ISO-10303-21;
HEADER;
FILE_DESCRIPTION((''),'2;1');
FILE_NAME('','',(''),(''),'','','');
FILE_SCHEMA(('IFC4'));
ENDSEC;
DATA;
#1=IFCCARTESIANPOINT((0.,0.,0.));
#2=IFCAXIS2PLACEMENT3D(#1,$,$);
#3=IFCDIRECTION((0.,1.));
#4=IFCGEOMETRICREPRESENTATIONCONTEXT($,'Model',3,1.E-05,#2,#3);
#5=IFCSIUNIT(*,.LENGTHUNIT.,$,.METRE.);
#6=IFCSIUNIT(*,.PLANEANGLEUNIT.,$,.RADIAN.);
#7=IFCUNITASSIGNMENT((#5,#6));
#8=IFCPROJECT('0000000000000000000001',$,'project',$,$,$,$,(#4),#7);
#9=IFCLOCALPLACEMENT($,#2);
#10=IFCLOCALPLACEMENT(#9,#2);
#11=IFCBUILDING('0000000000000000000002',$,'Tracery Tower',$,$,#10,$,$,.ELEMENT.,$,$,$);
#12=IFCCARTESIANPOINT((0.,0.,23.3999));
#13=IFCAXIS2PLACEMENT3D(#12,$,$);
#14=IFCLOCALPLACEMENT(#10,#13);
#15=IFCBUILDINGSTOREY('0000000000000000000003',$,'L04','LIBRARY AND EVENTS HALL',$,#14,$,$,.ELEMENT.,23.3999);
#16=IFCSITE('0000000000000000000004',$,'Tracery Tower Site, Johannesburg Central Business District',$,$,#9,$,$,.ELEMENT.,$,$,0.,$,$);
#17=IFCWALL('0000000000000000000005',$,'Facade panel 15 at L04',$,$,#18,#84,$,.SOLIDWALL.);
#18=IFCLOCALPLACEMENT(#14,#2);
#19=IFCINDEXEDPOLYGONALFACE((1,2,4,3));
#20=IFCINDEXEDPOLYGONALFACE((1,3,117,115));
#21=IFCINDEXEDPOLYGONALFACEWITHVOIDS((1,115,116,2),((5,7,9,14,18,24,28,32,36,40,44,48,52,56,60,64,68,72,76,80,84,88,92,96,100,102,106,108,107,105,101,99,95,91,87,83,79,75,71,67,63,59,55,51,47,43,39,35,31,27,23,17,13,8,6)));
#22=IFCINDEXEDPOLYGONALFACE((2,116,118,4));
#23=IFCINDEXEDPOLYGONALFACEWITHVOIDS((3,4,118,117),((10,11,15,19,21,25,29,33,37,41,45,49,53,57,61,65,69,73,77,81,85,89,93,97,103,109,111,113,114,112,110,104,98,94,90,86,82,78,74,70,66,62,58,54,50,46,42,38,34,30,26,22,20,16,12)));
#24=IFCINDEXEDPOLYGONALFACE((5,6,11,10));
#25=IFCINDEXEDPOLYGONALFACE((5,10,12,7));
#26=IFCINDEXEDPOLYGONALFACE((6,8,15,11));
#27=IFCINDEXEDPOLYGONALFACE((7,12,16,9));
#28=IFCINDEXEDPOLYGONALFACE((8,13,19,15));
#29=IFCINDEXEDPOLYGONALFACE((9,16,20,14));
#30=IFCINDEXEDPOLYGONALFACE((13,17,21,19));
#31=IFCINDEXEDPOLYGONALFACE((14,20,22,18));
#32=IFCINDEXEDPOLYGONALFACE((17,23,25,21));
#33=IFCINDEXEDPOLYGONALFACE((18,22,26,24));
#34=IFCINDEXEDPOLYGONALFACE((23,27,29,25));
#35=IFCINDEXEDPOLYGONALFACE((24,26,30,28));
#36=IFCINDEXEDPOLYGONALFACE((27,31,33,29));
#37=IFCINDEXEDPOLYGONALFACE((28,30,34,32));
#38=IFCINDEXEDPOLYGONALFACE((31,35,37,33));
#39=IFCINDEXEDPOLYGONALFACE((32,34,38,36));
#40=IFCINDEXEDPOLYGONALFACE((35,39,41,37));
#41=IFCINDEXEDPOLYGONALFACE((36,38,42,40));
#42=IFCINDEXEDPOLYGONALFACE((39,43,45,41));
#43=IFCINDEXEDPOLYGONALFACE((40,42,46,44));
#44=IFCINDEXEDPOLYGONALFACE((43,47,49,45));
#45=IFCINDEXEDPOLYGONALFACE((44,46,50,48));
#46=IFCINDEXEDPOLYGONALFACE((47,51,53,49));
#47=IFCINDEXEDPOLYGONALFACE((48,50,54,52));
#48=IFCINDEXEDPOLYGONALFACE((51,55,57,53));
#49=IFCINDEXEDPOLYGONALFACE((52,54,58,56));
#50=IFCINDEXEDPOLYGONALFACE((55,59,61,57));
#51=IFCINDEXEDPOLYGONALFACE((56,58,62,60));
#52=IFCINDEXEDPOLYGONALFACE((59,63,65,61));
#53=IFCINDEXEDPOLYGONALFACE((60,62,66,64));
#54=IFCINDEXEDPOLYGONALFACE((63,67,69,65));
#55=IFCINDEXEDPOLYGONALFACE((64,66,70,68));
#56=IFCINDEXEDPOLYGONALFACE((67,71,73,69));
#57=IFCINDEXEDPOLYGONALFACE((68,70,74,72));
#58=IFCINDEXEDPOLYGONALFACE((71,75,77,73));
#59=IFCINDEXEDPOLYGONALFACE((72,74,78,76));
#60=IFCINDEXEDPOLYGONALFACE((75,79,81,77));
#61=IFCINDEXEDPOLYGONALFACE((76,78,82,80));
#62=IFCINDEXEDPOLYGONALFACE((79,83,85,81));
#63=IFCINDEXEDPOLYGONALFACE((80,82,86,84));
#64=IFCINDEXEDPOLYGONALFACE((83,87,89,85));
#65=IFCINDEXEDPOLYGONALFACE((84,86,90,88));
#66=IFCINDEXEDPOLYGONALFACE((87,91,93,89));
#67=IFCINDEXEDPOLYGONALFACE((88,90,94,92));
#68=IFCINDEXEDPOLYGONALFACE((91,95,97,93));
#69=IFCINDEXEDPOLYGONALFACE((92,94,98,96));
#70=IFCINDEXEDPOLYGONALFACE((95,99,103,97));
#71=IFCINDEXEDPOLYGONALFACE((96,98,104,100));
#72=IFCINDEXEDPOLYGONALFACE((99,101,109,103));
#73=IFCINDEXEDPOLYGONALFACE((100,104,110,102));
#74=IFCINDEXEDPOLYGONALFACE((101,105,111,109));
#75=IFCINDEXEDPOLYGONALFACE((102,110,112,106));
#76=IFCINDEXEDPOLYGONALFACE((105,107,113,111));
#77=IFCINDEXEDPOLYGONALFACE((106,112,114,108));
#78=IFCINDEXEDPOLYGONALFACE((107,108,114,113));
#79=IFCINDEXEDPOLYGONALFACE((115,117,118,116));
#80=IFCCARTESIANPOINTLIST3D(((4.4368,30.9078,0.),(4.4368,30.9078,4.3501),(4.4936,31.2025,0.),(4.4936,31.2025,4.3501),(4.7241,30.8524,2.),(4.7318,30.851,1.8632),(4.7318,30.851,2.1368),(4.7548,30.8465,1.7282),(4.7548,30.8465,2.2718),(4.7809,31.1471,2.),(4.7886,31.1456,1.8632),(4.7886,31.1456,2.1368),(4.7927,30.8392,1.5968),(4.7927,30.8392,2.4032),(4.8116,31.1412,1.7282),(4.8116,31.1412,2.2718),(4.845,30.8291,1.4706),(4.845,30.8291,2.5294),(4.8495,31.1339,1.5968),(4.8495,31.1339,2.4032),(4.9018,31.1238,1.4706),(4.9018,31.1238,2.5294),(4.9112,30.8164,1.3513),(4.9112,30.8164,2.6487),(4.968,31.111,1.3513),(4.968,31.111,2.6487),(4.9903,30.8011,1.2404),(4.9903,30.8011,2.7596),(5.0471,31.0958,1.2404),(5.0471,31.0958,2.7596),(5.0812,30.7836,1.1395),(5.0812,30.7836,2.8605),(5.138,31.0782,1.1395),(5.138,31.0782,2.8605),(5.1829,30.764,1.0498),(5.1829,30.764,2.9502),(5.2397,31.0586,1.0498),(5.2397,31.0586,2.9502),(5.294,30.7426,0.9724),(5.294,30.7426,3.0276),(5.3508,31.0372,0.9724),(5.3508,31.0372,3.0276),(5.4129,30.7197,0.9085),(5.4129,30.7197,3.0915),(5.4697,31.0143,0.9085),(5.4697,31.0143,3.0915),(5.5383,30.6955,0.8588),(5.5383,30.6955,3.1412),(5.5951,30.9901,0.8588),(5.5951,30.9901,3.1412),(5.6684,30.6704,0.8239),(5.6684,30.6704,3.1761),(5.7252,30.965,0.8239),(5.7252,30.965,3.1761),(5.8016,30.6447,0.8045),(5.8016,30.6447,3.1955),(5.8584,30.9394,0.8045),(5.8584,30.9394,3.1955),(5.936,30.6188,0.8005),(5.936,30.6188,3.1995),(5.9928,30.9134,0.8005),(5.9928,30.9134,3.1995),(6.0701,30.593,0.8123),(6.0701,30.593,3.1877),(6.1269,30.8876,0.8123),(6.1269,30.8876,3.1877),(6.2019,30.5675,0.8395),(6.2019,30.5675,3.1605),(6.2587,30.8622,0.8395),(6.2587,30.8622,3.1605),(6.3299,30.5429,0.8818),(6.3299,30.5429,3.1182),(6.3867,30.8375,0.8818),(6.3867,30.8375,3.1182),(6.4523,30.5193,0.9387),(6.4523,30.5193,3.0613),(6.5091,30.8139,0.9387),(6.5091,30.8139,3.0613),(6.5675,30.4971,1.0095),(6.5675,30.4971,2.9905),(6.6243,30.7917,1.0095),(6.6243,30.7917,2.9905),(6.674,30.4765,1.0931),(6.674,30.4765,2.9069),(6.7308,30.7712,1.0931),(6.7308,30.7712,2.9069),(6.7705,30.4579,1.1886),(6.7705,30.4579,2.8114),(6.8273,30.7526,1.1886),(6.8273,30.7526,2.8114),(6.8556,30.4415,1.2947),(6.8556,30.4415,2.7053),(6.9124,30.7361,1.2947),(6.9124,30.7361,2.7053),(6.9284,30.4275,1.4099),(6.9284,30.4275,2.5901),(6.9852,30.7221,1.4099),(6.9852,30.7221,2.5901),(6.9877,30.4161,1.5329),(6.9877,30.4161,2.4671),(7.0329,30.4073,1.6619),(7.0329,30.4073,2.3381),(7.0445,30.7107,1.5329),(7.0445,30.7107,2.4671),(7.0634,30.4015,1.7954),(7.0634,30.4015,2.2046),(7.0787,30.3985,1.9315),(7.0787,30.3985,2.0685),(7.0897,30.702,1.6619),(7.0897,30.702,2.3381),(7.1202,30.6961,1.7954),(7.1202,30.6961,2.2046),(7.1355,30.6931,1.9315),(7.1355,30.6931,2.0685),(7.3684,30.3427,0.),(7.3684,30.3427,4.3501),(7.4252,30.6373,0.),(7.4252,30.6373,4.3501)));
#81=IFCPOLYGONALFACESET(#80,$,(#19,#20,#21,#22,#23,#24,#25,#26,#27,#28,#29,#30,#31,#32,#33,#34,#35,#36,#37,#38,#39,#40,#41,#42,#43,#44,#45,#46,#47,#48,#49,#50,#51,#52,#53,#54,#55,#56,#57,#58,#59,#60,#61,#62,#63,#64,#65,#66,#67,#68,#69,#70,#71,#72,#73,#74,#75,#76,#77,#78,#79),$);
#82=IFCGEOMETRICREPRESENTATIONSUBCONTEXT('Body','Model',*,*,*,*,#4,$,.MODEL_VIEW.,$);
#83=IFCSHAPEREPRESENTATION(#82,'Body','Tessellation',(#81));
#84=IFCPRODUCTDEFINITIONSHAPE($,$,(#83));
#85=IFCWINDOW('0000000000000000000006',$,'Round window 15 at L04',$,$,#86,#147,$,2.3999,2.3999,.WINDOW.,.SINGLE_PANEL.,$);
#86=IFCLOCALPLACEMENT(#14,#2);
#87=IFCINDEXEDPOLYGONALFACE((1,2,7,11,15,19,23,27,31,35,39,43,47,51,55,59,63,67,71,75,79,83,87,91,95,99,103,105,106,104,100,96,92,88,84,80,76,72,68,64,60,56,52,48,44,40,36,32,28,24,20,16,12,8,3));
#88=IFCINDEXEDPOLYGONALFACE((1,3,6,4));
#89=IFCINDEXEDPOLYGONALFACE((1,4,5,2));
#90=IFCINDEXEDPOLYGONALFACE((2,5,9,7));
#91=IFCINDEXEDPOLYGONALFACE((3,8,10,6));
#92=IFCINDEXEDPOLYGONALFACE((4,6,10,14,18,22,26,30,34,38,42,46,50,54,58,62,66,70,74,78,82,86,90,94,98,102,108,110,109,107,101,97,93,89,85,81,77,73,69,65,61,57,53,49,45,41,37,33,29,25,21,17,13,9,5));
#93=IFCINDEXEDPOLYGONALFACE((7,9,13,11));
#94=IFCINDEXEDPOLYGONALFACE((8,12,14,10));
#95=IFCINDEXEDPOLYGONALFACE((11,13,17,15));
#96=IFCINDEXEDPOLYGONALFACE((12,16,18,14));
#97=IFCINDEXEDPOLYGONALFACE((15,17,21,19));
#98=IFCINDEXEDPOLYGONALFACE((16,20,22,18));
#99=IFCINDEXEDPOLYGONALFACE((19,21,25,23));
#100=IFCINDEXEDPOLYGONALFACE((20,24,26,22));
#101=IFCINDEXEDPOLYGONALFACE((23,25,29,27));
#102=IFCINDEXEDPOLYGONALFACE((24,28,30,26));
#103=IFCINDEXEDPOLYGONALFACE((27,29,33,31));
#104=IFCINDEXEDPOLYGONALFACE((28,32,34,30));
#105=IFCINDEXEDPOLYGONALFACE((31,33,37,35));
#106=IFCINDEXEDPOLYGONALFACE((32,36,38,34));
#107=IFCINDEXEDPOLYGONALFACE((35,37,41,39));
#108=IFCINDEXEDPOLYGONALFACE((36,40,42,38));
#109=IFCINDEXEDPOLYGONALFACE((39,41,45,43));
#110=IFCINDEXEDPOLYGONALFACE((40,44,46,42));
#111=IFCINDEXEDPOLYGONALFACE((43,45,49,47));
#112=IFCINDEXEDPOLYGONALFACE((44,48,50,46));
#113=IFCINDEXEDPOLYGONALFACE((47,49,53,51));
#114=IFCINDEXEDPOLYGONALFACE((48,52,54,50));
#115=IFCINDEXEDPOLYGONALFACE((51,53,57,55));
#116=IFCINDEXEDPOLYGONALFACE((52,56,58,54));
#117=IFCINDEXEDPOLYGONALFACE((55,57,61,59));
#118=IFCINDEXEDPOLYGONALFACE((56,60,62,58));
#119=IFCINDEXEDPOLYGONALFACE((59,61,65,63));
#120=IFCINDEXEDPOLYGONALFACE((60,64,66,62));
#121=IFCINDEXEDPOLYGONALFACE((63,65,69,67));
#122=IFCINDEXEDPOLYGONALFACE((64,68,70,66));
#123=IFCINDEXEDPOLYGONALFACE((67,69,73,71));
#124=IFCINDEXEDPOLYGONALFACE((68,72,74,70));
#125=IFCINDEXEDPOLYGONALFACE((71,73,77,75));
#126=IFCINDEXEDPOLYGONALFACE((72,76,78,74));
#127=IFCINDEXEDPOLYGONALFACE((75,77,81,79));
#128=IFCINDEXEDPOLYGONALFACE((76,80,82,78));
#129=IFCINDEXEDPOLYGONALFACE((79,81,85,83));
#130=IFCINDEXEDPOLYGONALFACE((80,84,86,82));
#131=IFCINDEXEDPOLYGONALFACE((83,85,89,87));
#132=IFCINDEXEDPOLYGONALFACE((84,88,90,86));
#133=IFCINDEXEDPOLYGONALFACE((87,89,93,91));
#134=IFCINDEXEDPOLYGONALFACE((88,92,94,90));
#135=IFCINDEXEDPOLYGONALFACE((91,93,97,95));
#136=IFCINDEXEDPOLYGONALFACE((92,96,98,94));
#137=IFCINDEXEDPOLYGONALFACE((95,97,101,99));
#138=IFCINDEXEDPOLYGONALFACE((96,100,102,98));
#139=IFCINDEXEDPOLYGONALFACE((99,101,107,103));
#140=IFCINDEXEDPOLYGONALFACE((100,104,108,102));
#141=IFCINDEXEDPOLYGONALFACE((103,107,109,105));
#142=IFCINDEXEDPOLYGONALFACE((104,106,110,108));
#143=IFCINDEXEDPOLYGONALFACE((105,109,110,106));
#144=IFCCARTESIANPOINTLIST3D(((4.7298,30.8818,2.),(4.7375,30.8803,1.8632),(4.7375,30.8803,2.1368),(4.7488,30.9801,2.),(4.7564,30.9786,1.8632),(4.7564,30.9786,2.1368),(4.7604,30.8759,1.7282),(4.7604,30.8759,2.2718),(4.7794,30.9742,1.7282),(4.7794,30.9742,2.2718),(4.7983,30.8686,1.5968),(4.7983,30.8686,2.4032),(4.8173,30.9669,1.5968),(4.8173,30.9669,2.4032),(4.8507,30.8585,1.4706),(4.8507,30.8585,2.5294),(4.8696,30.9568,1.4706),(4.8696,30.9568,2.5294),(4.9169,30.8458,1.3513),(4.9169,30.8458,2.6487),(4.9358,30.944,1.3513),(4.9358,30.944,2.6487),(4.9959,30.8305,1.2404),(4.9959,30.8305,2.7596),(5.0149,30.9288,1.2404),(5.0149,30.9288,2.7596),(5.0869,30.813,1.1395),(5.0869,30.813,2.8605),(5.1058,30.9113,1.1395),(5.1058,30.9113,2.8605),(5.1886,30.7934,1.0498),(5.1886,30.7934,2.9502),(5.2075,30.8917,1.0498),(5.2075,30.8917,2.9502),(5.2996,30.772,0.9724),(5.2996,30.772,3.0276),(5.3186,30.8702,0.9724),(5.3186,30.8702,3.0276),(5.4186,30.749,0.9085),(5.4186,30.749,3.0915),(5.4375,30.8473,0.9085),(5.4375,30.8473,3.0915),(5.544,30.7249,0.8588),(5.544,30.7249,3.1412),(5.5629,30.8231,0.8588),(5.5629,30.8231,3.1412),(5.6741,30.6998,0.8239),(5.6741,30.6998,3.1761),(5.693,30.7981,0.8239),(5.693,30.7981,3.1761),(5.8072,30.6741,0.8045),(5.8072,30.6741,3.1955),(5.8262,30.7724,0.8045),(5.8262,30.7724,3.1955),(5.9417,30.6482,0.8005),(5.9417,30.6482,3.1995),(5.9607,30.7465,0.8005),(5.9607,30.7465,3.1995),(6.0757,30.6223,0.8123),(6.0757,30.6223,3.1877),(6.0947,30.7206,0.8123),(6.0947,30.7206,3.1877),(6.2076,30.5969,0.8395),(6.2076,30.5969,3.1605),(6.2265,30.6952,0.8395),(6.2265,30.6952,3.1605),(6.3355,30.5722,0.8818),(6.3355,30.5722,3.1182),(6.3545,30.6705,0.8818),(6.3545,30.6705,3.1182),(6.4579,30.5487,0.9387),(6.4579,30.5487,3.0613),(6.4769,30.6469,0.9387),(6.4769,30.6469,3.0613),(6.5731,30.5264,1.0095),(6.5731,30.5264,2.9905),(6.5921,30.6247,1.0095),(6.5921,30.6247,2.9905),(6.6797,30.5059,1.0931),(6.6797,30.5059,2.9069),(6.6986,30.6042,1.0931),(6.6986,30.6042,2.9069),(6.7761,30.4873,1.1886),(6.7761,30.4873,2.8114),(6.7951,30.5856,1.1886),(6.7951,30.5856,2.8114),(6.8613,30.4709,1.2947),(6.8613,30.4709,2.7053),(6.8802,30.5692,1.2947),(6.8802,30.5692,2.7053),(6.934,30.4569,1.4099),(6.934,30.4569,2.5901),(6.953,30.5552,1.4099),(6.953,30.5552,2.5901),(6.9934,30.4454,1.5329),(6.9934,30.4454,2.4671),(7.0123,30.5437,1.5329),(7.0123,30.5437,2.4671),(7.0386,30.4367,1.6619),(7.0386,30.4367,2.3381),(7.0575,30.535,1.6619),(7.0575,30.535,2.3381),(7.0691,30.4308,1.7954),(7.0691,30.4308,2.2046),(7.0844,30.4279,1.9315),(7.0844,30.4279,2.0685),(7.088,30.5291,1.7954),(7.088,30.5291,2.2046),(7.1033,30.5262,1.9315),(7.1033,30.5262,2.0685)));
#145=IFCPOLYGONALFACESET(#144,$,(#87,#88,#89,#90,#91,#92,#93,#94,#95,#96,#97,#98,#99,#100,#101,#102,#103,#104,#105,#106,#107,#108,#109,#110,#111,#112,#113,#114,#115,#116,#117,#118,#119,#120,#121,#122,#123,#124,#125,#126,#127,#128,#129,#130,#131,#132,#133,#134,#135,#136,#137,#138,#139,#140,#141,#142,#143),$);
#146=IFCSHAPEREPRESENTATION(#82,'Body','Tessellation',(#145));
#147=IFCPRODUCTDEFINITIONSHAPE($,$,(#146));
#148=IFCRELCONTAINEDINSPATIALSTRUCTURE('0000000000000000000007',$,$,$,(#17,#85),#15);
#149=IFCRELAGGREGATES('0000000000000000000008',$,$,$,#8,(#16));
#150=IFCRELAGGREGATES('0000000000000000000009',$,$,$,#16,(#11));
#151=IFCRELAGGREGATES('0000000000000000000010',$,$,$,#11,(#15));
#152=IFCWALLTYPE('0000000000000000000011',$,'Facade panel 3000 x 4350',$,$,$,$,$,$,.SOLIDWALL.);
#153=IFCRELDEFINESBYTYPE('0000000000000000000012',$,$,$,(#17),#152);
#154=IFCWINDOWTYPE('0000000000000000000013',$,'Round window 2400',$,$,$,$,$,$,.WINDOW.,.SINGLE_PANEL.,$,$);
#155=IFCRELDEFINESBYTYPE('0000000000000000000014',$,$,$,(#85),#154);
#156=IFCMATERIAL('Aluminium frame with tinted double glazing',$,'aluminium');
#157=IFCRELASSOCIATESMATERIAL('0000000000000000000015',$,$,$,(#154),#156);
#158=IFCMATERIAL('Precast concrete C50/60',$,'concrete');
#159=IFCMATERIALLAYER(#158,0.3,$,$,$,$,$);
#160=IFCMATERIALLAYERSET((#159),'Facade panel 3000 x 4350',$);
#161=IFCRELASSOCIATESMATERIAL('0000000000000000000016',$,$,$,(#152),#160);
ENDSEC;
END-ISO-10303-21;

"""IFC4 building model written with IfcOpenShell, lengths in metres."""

from ifc_helpers import new_model, si_unit, direction, frame, frame_2d, origin, origin_2d, place, context, subcontext, project, spatial, rectangle, circle, extrude, material, layer, layer_set, type_object, element, fill, save


model = new_model("IFC4")

# Units and contexts
model_context = context("Model", 3, precision=1e-05, world=origin(), true_north=direction((0.0, 1.0)))
body_context = subcontext(model_context, "Body", "Model", "MODEL_VIEW")
ifc_project = project(units=[si_unit("LENGTHUNIT", "METRE"), si_unit("PLANEANGLEUNIT", "RADIAN")], contexts=[model_context])

# Site, building, storey
site_placement = place(None, origin())
site = spatial("IfcSite", under=ifc_project, at=site_placement, Name="Tracery Tower Site, Johannesburg Central Business District", CompositionType="ELEMENT", RefElevation=0.0)
building_placement = place(site_placement, origin())
building = spatial("IfcBuilding", under=site, at=building_placement, Name="Tracery Tower", CompositionType="ELEMENT")
storey_placement = place(building_placement, frame((0.0, 0.0, 23.3999)))
storey = spatial("IfcBuildingStorey", under=building, at=storey_placement, Name="L04", Description="LIBRARY AND EVENTS HALL", CompositionType="ELEMENT", Elevation=23.3999)

# Wall, opening, window
ifc_material_1 = material(Name="Aluminium frame with tinted double glazing", Category="aluminium")
window_type = type_object("IfcWindowType", Name="Round window 2400", PartitioningType="SINGLE_PANEL", PredefinedType="WINDOW", material=ifc_material_1)
ifc_material_2 = material(Name="Precast concrete C50/60", Category="concrete")
ifc_layer_1 = layer(ifc_material_2, 0.3)
ifc_layer_set_1 = layer_set([ifc_layer_1], Name="Facade panel 3000 x 4350")
wall_type_1 = type_object("IfcWallType", Name="Facade panel 3000 x 4350", PredefinedType="SOLIDWALL", material=ifc_layer_set_1)
wall_1_placement = place(storey_placement, frame((7.3967, 30.49, 0.0), z_axis=(0.0, 0.0, 1.0), x_axis=(-0.981919, 0.189302, 0.0)))
wall_1 = element("IfcWall", 1, at=wall_1_placement, inside=storey, type_object=wall_type_1, Name="Facade panel 15 at L04", PredefinedType="SOLIDWALL", context=body_context, shape_type="SweptSolid", body=[
    extrude(rectangle(XDim=2.9856, YDim=0.3, at=frame_2d((1.4927, 0.0))), origin(), (0.0, 0.0, 1.0), 4.3501),
])
opening_1_placement = place(wall_1_placement, frame((1.4929, 0.0, 2.0)))
opening_1 = element("IfcOpeningElement", 2, at=opening_1_placement, cuts=wall_1, PredefinedType="OPENING", context=body_context, shape_type="SweptSolid", body=[
    extrude(circle(Radius=1.2, at=origin_2d()), frame((0.0, 0.1599, 0.0), z_axis=(0.0, -1.0, 0.0), x_axis=(1.0, 0.0, 0.0)), (0.0, 0.0, 1.0), 0.3201),
])
window_1_placement = place(opening_1_placement, origin())
window_1 = element("IfcWindow", 3, at=window_1_placement, inside=storey, type_object=window_type, Name="Round window 15 at L04", OverallHeight=2.3999, OverallWidth=2.3999, PartitioningType="SINGLE_PANEL", PredefinedType="WINDOW", context=body_context, shape_type="SweptSolid", body=[
    extrude(circle(Radius=1.2, at=origin_2d()), frame((0.0, 0.1201, 0.0), z_axis=(0.0, -1.0, 0.0), x_axis=(1.0, 0.0, 0.0)), (0.0, 0.0, 1.0), 0.1001),
])
fill(opening_1, window_1)

save(model, "model.ifc")
